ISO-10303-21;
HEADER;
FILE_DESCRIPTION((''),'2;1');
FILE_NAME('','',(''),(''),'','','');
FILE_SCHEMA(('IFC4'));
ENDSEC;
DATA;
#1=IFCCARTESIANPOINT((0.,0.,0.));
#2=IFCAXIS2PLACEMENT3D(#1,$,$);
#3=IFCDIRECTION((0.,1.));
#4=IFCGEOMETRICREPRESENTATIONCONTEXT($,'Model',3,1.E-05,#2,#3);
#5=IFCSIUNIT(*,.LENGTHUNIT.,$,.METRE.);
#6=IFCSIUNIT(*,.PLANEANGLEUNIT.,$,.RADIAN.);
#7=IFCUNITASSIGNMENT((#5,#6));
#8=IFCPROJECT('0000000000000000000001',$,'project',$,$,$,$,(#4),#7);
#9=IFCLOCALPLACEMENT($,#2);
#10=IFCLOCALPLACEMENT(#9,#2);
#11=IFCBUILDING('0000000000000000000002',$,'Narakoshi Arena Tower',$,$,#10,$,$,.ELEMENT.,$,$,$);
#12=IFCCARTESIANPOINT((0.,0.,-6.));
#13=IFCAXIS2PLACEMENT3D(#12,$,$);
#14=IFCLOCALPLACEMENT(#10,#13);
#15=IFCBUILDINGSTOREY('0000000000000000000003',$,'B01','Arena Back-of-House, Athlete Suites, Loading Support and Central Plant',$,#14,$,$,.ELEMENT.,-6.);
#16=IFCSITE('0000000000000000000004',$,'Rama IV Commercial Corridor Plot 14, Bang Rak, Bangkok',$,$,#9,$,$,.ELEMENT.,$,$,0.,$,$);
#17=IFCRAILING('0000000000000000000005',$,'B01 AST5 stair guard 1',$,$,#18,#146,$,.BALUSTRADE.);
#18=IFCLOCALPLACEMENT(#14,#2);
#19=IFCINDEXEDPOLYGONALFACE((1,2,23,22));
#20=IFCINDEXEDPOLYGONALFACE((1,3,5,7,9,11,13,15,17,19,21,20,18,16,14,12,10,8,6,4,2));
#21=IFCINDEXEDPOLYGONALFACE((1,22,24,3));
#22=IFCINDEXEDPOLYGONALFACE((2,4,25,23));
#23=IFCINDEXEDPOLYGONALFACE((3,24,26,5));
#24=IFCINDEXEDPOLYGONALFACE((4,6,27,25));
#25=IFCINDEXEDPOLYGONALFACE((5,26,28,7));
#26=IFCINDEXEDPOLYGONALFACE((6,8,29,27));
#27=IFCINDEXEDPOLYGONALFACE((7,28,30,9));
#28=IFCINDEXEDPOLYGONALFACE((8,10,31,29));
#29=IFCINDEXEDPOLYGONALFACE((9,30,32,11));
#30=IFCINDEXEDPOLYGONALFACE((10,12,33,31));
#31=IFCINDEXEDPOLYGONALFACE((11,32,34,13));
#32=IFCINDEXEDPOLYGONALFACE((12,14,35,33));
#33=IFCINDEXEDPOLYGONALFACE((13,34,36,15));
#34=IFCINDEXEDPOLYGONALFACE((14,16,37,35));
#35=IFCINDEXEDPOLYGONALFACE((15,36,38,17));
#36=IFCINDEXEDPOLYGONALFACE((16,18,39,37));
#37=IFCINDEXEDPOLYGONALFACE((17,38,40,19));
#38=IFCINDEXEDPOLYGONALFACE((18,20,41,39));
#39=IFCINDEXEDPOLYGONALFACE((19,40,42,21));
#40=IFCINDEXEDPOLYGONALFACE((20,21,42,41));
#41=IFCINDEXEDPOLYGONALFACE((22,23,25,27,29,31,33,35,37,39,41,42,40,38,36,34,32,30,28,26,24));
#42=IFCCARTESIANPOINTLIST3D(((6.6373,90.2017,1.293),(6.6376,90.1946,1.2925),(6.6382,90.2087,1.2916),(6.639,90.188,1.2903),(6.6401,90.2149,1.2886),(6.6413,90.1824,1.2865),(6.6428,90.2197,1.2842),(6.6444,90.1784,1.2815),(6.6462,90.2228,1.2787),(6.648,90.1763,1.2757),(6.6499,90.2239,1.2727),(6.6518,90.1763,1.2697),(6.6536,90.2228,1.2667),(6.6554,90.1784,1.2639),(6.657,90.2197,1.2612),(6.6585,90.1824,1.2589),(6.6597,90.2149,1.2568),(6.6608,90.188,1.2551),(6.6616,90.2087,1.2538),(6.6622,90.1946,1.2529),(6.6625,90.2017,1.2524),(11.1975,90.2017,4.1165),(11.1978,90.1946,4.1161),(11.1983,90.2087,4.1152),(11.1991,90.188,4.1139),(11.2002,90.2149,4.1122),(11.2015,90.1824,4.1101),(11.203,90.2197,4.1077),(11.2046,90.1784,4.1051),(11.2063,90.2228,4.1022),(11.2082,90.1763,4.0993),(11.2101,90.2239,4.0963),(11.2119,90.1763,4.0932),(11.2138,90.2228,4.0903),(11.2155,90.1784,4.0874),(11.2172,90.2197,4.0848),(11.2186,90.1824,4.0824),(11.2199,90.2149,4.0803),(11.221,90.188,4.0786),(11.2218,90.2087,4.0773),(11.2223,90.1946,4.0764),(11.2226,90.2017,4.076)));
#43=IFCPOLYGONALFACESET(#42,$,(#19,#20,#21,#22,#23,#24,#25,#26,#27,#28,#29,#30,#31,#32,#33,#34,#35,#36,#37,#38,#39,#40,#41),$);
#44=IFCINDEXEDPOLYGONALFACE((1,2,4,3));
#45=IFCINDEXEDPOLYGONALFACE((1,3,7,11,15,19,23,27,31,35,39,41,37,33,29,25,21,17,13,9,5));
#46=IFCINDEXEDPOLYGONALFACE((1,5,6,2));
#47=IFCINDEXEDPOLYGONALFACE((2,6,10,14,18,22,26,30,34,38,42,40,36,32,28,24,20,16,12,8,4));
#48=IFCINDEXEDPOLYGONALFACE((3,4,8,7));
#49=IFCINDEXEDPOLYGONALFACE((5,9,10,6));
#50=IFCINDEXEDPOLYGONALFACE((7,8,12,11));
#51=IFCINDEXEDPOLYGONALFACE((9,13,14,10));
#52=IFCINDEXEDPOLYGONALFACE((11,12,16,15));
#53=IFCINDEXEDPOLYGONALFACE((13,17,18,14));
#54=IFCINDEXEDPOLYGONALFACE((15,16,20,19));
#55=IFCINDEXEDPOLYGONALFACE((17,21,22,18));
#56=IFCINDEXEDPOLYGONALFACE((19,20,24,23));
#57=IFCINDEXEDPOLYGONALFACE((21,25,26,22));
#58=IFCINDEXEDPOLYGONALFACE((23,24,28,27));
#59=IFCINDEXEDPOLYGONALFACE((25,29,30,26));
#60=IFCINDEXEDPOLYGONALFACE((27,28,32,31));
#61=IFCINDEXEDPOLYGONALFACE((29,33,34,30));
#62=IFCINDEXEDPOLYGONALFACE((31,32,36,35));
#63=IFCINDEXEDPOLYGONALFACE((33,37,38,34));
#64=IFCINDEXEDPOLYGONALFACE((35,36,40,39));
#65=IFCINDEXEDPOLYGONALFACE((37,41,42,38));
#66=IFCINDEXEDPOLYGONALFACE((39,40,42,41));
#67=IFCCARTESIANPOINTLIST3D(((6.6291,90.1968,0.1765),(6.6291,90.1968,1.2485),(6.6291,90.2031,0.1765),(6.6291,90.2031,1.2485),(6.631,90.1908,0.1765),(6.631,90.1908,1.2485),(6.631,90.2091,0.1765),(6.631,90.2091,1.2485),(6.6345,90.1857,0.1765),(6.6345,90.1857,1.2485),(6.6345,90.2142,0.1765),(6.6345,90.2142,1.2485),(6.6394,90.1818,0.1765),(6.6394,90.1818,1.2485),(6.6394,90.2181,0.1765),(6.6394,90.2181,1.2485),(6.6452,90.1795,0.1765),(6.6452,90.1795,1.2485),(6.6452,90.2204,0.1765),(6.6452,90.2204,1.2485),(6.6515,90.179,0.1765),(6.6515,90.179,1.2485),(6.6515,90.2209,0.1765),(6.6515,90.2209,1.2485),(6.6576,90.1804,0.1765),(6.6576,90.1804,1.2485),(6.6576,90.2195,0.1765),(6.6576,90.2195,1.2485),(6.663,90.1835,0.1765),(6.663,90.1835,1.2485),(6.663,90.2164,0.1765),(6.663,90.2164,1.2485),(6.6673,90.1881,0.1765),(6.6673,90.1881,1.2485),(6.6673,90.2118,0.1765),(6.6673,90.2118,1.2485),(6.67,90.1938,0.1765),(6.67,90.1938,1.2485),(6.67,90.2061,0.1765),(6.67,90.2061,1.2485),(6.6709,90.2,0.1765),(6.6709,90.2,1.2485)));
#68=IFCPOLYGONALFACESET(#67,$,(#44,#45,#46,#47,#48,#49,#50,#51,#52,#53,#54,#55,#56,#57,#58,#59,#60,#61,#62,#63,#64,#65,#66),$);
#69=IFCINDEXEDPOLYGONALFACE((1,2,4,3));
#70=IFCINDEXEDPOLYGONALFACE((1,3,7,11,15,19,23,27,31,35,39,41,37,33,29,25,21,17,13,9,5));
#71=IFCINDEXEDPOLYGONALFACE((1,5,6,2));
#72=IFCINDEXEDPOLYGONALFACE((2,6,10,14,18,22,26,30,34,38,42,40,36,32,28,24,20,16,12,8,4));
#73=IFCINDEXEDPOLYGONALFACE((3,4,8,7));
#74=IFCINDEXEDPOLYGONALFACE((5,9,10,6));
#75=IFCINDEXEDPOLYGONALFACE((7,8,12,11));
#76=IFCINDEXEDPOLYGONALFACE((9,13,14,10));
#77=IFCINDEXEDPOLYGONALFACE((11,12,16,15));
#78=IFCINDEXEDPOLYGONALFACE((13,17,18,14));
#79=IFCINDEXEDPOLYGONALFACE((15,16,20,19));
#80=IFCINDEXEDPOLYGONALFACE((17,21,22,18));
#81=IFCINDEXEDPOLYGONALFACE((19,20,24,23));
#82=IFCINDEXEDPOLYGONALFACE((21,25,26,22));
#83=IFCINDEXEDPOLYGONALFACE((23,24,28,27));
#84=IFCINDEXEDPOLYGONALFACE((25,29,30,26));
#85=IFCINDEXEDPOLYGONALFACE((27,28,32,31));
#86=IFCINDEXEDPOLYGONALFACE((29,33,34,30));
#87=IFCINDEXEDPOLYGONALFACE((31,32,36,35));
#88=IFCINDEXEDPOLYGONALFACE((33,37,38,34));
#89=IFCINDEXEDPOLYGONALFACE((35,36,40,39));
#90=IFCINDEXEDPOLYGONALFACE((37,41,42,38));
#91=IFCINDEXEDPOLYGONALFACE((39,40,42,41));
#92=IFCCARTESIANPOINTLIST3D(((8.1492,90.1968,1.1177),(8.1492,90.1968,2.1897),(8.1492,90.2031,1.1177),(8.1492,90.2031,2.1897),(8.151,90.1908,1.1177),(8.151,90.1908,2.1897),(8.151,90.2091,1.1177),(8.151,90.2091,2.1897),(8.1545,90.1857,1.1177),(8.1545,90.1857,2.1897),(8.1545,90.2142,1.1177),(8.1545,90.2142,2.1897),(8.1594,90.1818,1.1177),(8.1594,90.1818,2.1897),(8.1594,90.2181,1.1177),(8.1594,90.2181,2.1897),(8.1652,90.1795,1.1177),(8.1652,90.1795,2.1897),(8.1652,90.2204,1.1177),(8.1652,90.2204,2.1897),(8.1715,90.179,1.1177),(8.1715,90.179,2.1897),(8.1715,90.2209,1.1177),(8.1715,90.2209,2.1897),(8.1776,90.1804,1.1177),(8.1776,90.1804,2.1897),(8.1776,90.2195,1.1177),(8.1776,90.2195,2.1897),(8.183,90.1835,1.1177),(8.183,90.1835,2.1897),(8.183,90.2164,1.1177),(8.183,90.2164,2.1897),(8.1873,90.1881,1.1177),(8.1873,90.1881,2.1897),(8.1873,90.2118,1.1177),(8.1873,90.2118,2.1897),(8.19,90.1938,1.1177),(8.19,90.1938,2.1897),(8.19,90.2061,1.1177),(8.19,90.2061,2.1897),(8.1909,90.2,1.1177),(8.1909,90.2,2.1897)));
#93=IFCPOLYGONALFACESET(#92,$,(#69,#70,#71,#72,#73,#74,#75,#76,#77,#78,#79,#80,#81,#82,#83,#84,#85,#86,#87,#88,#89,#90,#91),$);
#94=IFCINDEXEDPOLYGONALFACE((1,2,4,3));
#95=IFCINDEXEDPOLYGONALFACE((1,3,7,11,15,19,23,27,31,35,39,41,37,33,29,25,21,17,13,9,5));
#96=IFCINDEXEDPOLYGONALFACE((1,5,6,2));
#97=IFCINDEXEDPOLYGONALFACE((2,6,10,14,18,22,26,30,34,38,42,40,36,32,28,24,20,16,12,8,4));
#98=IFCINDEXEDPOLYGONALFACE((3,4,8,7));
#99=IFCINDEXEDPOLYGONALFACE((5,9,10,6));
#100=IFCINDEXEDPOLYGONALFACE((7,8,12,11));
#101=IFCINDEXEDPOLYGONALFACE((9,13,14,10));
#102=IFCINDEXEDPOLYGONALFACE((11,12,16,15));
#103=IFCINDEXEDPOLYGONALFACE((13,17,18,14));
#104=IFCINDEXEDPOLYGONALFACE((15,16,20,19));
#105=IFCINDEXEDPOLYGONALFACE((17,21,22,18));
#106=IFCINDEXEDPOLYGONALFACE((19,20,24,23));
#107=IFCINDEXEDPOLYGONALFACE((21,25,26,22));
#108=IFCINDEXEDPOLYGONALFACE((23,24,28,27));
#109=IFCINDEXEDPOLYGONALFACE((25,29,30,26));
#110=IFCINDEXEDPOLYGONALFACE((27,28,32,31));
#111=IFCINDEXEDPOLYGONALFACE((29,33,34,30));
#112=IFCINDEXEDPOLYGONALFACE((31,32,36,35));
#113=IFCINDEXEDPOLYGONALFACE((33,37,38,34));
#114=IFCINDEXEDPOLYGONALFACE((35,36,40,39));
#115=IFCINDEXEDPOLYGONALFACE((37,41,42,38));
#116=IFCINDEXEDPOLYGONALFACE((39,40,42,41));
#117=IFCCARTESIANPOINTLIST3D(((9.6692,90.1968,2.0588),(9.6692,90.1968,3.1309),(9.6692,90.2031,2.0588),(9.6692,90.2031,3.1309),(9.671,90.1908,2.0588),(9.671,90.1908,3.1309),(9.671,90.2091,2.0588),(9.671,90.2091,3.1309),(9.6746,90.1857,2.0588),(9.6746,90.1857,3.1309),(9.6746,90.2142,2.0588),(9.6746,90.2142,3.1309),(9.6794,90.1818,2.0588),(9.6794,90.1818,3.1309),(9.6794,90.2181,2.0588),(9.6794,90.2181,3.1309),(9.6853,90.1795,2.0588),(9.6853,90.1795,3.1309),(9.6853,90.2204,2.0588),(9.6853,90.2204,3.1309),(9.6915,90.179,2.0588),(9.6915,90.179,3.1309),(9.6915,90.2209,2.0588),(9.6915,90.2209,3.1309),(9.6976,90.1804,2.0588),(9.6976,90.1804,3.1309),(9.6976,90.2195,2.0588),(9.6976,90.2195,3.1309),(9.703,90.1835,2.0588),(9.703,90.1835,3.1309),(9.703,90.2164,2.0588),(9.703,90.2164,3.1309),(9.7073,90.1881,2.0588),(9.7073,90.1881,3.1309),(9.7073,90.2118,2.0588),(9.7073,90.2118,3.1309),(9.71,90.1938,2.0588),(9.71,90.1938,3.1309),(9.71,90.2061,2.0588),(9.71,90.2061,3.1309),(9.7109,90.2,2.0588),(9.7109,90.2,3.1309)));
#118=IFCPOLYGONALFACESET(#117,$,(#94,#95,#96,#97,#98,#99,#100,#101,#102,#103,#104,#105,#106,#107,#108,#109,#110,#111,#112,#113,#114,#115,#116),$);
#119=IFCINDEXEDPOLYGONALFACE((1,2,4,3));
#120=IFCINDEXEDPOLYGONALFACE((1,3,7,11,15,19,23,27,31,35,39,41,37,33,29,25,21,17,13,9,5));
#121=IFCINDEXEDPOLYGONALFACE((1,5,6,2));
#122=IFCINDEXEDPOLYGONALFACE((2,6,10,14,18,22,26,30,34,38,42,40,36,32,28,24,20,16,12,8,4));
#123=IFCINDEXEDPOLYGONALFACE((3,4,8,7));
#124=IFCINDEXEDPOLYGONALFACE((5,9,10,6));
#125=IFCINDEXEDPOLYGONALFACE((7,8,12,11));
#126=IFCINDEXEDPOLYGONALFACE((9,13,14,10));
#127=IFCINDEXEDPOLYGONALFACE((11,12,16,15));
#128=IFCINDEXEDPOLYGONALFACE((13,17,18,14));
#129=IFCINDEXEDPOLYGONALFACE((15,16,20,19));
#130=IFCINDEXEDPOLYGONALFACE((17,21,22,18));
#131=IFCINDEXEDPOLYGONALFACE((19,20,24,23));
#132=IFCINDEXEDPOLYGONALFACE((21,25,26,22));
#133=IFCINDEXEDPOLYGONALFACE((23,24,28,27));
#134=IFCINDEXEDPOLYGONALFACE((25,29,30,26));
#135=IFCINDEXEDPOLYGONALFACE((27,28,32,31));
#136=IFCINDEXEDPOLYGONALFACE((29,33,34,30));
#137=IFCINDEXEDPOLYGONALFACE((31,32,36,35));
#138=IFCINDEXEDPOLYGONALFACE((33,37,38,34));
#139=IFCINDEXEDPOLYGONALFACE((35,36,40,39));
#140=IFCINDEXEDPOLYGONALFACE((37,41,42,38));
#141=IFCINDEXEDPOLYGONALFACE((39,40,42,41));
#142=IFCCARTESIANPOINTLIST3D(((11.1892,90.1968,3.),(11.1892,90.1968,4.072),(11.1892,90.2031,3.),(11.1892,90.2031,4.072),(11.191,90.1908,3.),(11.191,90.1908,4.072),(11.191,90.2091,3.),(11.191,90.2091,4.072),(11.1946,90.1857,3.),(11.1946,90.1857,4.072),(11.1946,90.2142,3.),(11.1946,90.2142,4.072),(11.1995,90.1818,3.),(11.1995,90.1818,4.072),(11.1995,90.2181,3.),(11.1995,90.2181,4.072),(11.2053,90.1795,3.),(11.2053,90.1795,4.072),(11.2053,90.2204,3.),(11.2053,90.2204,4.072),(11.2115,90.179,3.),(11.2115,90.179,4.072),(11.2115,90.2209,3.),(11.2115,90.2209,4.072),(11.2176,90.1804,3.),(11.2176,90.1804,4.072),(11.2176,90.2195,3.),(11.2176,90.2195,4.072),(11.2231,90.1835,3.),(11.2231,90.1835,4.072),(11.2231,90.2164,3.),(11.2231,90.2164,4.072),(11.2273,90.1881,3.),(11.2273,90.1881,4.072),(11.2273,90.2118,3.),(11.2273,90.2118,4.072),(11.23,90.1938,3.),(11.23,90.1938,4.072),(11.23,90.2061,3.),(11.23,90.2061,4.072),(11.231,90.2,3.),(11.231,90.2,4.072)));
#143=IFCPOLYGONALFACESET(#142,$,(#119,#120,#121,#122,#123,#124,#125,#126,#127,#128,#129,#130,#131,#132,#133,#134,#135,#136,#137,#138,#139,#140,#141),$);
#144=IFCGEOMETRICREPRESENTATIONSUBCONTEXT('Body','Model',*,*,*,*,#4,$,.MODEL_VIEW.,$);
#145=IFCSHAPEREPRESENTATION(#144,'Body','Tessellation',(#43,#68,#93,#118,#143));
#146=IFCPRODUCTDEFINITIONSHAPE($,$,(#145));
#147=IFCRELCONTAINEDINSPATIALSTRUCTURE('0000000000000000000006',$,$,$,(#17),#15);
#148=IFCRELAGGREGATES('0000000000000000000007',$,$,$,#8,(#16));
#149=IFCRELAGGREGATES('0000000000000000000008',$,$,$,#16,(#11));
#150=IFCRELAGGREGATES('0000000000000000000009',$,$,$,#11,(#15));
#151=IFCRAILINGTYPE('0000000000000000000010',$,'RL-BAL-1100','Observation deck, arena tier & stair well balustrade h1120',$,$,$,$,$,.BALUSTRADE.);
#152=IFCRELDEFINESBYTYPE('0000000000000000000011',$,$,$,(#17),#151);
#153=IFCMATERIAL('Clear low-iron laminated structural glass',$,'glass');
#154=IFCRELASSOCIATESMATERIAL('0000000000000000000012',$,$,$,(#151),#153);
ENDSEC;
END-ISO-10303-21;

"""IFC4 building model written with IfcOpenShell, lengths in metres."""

from ifc_helpers import new_model, si_unit, direction, frame, origin, origin_2d, place, context, subcontext, project, spatial, circle, extrude, material, type_object, element, save


model = new_model("IFC4")

# Units and contexts
model_context = context("Model", 3, precision=1e-05, world=origin(), true_north=direction((0.0, 1.0)))
body_context = subcontext(model_context, "Body", "Model", "MODEL_VIEW")
ifc_project = project(units=[si_unit("LENGTHUNIT", "METRE"), si_unit("PLANEANGLEUNIT", "RADIAN")], contexts=[model_context])

# Site, building, storey
site_placement = place(None, origin())
site = spatial("IfcSite", under=ifc_project, at=site_placement, Name="Rama IV Commercial Corridor Plot 14, Bang Rak, Bangkok", CompositionType="ELEMENT", RefElevation=0.0)
building_placement = place(site_placement, origin())
building = spatial("IfcBuilding", under=site, at=building_placement, Name="Narakoshi Arena Tower", CompositionType="ELEMENT")
storey_placement = place(building_placement, frame((0.0, 0.0, -6.0)))
storey = spatial("IfcBuildingStorey", under=building, at=storey_placement, Name="B01", Description="Arena Back-of-House, Athlete Suites, Loading Support and Central Plant", CompositionType="ELEMENT", Elevation=-6.0)

# Railing
ifc_material_1 = material(Name="Clear low-iron laminated structural glass", Category="glass")
railing_type_1 = type_object("IfcRailingType", Name="RL-BAL-1100", Description="Observation deck, arena tier & stair well balustrade h1120", PredefinedType="BALUSTRADE", material=ifc_material_1)
railing_1_placement = place(storey_placement, frame((6.6499, 90.2, 0.1765)))
element("IfcRailing", 1, at=railing_1_placement, inside=storey, type_object=railing_type_1, Name="B01 AST5 stair guard 1", PredefinedType="BALUSTRADE", context=body_context, shape_type="SweptSolid", body=[
    extrude(circle(Radius=0.0239, at=origin_2d()), frame((0.0, 0.0, 1.0962), z_axis=(0.850216, 0.0, 0.526435), x_axis=(0.0, 1.0, 0.0)), (0.0, 0.0, 1.0), 5.3635),
    extrude(circle(Radius=0.021, at=origin_2d()), origin(), (0.0, 0.0, 1.0), 1.072),
    extrude(circle(Radius=0.021, at=origin_2d()), frame((1.52, 0.0, 0.9412)), (0.0, 0.0, 1.0), 1.072),
    extrude(circle(Radius=0.021, at=origin_2d()), frame((3.04, 0.0, 1.8823)), (0.0, 0.0, 1.0), 1.072),
    extrude(circle(Radius=0.021, at=origin_2d()), frame((4.5601, 0.0, 2.8235)), (0.0, 0.0, 1.0), 1.072),
])

save(model, "model.ifc")
